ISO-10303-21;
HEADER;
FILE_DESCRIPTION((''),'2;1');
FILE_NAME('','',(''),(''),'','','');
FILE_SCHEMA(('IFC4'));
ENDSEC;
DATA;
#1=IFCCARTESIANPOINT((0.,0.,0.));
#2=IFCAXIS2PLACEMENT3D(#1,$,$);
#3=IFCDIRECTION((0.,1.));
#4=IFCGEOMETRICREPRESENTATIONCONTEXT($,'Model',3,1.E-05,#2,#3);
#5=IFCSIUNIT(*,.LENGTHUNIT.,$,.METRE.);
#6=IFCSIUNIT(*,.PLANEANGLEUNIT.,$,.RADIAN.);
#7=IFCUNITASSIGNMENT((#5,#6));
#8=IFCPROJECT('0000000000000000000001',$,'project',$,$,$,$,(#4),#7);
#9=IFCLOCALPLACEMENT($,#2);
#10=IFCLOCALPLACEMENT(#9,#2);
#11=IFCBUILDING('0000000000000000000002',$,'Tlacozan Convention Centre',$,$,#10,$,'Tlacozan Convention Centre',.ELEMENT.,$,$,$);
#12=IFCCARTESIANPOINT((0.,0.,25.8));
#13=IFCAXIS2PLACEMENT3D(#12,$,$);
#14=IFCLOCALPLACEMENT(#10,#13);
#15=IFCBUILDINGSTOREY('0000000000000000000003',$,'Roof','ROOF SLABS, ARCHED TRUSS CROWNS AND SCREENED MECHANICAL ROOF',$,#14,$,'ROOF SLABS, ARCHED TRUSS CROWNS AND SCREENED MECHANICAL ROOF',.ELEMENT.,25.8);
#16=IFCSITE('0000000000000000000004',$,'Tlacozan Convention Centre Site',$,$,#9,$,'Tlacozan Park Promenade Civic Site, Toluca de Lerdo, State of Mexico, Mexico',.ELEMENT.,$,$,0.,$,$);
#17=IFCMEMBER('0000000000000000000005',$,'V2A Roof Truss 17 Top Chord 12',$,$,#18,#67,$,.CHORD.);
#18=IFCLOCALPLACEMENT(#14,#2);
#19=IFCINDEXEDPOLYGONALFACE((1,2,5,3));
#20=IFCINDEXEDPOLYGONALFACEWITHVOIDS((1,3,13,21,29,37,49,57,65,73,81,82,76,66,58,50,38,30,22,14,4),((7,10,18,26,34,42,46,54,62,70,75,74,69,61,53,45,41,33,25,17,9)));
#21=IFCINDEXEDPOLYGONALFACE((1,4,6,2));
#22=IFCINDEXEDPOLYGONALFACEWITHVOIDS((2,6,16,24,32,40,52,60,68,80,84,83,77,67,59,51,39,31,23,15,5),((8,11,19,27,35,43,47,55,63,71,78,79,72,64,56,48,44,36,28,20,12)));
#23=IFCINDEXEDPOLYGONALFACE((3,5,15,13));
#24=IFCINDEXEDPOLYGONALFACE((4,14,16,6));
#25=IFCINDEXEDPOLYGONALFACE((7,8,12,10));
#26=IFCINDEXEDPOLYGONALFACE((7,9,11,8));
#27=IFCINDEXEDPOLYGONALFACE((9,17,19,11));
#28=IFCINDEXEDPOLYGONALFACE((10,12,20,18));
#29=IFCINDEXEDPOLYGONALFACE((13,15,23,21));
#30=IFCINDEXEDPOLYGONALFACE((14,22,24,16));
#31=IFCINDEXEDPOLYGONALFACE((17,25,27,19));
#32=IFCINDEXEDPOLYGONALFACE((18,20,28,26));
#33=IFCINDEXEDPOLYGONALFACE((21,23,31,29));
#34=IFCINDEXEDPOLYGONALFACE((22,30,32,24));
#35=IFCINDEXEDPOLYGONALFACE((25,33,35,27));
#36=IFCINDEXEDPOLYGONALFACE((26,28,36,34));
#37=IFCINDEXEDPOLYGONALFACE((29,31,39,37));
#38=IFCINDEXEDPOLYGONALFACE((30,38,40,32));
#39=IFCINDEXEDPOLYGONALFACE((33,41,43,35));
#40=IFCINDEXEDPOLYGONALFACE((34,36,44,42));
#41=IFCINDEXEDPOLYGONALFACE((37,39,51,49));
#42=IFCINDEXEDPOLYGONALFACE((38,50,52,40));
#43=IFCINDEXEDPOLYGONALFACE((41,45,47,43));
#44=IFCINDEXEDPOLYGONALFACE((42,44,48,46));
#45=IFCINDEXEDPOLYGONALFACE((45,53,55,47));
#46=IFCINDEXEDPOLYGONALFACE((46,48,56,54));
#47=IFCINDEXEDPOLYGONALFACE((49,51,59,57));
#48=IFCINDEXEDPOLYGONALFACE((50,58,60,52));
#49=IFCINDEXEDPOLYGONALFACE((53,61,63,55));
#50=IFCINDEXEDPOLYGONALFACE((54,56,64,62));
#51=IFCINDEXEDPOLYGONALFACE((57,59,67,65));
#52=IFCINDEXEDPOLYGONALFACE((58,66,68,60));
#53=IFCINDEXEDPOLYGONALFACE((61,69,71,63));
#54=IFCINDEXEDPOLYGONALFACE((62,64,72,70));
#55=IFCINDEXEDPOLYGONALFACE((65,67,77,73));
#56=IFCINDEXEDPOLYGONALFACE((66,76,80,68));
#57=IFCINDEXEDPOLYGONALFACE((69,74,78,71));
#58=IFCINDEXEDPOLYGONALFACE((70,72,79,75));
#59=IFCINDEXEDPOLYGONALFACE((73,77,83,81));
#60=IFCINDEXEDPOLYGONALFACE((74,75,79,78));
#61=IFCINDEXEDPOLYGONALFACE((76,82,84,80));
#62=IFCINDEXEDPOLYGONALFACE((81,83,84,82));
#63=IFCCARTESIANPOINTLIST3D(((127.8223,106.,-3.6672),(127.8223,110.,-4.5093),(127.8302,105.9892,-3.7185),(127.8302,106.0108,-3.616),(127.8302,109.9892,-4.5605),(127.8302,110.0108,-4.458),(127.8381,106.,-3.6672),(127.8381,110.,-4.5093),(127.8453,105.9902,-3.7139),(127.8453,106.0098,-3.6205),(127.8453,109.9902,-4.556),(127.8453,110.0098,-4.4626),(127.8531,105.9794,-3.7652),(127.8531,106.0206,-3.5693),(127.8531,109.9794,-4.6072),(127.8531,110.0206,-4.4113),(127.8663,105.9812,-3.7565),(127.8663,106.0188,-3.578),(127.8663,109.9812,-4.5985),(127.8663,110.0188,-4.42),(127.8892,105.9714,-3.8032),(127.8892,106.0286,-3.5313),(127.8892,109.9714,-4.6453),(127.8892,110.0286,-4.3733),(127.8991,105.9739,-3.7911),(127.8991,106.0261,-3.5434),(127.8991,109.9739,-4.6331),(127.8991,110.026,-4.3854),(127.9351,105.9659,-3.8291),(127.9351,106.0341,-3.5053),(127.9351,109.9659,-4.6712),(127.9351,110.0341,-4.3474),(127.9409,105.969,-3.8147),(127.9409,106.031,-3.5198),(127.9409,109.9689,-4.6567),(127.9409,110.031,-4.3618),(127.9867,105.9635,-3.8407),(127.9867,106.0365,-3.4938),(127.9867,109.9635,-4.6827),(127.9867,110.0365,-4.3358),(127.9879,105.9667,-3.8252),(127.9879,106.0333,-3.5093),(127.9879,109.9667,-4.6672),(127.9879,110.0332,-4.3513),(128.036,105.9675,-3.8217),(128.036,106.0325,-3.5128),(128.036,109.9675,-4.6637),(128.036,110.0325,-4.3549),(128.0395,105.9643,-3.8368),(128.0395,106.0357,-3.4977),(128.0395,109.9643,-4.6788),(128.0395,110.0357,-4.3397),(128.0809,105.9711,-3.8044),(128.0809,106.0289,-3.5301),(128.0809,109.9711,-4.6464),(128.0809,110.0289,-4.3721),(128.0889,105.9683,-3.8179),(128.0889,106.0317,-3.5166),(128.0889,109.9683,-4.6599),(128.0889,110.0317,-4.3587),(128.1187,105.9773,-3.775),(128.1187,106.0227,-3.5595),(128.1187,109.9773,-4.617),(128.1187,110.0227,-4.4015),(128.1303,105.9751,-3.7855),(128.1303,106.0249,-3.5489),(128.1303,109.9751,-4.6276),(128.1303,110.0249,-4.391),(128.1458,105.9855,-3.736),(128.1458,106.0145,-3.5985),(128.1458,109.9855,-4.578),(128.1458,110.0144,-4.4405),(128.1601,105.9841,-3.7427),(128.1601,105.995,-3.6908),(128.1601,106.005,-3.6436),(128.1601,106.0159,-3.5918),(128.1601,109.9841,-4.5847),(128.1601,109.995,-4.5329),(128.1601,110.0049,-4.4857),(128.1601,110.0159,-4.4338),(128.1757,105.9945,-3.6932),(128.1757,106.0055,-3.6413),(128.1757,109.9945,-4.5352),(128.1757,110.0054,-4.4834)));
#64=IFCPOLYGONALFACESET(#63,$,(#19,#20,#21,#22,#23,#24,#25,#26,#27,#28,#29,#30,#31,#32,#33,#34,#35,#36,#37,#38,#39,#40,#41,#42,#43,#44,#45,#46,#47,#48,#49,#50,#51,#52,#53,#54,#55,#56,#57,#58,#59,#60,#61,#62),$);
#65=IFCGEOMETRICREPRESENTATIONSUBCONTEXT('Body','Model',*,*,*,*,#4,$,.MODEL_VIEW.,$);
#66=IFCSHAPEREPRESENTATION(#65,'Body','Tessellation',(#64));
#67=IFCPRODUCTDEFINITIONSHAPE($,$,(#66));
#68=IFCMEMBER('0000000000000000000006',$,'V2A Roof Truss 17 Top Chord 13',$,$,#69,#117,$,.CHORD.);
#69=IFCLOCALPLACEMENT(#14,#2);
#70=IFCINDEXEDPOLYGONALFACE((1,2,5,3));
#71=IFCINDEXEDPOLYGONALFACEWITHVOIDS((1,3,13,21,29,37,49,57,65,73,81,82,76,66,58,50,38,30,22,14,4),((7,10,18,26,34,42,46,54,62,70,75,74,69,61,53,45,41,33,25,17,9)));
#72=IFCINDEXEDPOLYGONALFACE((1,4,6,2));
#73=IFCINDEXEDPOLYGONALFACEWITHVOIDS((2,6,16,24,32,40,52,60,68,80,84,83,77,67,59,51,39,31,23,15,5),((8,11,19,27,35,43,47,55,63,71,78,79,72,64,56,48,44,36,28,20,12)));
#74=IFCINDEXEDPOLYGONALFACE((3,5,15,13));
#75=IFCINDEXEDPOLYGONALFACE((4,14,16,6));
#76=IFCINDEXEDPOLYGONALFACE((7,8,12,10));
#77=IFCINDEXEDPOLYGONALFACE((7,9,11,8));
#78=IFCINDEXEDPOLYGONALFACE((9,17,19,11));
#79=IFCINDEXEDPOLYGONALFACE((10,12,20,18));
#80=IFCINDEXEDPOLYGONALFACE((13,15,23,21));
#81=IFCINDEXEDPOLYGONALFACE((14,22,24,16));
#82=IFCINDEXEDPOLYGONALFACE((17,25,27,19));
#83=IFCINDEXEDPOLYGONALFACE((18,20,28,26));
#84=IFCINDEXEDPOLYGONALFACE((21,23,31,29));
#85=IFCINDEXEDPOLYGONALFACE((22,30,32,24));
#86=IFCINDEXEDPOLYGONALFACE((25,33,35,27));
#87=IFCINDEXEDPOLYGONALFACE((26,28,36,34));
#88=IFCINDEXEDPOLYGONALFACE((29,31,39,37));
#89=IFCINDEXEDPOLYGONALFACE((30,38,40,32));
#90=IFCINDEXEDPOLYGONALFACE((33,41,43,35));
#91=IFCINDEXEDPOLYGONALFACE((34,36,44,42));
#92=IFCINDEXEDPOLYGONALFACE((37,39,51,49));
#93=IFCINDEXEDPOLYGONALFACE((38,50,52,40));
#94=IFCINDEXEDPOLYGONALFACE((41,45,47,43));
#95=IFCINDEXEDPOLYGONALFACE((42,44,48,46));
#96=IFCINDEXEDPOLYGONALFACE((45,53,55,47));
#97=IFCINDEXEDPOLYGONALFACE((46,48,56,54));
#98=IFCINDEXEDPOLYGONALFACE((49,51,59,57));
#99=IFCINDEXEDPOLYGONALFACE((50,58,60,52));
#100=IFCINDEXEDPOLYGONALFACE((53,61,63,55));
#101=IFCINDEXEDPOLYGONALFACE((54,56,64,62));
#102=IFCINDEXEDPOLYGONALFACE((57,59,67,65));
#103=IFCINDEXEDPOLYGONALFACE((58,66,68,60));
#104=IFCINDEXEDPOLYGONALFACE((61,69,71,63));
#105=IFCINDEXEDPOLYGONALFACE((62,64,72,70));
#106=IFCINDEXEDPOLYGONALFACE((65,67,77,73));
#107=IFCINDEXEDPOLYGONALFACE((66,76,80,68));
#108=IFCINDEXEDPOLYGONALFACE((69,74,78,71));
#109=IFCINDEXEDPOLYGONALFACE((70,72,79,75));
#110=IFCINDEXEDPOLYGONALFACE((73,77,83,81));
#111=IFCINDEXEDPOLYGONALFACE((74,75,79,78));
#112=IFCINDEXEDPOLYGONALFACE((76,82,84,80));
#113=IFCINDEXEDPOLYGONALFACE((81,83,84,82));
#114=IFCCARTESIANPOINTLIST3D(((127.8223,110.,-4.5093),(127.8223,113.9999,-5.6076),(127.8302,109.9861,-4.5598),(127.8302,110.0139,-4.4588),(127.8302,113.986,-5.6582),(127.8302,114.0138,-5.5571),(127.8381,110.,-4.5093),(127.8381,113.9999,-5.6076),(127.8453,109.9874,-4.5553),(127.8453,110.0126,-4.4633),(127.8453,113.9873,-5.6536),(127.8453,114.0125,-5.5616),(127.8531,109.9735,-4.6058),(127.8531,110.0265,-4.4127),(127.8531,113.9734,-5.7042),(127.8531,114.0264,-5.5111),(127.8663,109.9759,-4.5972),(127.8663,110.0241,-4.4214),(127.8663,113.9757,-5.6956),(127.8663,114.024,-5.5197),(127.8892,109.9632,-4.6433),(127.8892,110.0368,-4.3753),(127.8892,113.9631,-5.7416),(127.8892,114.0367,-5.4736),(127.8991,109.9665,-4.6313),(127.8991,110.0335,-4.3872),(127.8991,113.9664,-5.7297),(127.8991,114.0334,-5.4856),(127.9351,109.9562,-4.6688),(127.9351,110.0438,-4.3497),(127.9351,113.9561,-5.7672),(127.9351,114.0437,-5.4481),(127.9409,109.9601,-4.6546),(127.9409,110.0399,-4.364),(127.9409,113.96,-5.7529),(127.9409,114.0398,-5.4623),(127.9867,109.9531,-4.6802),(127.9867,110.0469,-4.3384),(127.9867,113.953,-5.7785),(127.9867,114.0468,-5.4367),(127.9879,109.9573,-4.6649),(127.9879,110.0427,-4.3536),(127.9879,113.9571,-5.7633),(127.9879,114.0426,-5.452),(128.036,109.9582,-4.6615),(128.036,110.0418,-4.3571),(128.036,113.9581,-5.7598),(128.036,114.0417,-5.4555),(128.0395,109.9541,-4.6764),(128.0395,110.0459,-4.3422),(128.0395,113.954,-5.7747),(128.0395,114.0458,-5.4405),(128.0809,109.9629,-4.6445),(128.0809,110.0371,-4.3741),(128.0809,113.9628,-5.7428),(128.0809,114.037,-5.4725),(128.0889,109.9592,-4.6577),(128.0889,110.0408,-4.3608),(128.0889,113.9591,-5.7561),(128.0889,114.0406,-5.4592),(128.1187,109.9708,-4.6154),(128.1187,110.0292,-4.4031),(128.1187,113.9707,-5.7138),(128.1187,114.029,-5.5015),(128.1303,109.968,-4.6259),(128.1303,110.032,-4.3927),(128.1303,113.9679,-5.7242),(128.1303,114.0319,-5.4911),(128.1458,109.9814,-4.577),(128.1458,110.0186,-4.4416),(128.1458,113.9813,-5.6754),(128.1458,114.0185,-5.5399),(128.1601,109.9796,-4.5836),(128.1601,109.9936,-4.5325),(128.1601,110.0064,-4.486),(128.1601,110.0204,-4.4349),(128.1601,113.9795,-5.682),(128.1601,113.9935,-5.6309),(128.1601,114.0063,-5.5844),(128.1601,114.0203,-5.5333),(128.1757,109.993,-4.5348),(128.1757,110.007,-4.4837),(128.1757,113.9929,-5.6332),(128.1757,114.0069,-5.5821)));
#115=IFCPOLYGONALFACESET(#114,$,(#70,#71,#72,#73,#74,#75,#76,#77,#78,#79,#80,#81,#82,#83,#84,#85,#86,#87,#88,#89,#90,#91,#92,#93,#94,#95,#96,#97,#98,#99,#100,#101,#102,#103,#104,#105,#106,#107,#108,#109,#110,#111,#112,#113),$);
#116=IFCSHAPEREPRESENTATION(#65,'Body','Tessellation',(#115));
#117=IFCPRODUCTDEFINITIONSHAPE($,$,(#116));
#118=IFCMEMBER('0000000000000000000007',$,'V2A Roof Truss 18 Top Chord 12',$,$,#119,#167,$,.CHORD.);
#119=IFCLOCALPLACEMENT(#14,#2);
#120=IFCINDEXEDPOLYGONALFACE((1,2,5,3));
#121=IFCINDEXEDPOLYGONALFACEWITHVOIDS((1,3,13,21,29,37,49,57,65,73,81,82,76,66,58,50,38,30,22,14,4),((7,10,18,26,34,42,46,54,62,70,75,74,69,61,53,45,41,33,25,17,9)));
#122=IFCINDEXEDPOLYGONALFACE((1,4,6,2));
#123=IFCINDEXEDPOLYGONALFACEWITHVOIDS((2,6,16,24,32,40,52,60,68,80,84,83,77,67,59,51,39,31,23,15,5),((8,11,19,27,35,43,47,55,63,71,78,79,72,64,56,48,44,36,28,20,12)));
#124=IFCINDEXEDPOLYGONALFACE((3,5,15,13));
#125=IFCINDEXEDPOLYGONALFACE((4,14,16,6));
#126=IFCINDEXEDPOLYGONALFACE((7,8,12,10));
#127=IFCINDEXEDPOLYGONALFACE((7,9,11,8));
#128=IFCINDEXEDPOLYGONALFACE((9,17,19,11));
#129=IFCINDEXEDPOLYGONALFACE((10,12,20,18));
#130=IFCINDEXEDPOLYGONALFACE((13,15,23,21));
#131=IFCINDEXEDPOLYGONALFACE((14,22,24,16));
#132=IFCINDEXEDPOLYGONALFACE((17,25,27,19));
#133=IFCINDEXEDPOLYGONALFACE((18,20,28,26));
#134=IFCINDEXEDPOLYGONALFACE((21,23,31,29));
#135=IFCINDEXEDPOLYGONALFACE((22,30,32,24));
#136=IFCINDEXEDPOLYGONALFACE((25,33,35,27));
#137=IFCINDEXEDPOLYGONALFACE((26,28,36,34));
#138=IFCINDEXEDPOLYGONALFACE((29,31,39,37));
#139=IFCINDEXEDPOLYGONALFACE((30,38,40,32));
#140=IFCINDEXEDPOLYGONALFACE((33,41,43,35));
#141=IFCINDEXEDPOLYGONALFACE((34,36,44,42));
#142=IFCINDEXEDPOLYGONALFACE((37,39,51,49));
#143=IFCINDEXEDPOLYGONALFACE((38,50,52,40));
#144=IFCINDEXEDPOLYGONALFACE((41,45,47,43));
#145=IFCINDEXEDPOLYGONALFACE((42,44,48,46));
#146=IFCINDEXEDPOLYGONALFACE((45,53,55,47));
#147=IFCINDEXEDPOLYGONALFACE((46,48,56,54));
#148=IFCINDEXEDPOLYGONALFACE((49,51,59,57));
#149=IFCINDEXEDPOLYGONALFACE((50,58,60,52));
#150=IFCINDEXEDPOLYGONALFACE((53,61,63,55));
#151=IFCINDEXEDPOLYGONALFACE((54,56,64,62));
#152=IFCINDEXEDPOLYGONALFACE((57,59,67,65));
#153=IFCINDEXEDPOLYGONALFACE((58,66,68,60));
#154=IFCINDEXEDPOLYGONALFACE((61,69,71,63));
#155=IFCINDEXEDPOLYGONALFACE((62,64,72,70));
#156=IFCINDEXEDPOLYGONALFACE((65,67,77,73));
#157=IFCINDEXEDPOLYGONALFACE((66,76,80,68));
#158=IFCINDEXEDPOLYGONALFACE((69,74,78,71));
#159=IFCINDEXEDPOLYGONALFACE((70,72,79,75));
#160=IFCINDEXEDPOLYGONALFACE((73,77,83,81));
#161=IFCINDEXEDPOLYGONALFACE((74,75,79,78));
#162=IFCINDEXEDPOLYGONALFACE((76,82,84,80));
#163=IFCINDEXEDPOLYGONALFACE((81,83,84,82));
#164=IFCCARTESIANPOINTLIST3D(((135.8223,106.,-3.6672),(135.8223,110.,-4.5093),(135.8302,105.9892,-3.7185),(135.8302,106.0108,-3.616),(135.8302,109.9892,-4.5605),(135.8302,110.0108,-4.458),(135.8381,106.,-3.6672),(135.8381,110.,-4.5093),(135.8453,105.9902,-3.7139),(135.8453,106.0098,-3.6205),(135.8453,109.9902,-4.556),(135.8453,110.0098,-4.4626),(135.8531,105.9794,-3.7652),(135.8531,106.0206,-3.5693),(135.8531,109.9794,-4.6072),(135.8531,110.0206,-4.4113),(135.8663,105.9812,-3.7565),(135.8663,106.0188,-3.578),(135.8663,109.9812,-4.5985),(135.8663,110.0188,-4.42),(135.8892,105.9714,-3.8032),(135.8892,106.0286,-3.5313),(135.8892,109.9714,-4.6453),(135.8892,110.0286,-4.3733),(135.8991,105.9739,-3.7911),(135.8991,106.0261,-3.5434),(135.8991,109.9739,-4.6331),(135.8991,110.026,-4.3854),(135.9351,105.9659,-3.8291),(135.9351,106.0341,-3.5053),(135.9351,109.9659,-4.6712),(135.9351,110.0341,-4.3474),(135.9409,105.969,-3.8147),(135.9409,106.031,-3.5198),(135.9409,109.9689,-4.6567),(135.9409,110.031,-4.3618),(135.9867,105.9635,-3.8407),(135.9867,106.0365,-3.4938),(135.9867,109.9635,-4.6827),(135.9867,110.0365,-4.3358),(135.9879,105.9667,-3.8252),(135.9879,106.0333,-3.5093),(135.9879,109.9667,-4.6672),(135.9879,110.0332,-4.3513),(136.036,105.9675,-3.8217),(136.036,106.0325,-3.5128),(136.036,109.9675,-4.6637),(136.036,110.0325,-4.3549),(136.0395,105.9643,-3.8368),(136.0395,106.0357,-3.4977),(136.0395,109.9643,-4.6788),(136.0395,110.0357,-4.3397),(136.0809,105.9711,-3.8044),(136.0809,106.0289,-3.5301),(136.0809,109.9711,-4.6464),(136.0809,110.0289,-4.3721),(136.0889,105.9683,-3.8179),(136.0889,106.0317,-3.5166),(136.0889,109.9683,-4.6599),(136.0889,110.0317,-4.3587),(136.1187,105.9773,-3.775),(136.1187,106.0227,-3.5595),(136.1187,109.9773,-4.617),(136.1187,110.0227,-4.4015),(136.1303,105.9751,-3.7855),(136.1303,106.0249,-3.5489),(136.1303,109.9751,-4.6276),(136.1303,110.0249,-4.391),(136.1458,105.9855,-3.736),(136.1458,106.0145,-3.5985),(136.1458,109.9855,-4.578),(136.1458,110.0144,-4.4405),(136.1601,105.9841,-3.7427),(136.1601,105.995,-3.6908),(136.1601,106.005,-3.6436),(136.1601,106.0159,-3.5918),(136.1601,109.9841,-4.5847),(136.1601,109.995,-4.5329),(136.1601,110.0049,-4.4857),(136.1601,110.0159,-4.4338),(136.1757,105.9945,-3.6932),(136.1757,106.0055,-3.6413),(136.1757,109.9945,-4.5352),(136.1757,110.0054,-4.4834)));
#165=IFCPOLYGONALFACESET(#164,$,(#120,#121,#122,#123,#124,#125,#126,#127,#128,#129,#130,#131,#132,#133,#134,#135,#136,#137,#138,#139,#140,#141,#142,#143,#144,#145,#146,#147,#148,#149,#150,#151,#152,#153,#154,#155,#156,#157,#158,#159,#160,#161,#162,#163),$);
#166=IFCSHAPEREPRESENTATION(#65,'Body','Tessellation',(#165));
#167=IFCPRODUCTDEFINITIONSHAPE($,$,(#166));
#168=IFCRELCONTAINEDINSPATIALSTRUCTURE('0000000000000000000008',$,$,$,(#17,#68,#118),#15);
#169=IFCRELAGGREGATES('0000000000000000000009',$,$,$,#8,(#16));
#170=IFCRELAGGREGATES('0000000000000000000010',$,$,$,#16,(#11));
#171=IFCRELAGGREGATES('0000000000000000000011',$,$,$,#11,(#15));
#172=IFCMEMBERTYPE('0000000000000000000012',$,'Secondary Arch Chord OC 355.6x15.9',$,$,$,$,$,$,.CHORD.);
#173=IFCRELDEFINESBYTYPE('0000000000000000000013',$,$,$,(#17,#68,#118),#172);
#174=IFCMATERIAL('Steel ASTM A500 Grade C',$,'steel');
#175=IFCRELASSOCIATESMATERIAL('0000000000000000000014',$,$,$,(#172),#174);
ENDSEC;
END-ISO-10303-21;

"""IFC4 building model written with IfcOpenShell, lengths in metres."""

from ifc_helpers import new_model, si_unit, direction, frame, origin, origin_2d, place, context, subcontext, project, spatial, hollow_circle, extrude, material, material_profile, profile_set, type_object, element, save


model = new_model("IFC4")

# Units and contexts
model_context = context("Model", 3, precision=1e-05, world=origin(), true_north=direction((0.0, 1.0)))
body_context = subcontext(model_context, "Body", "Model", "MODEL_VIEW")
ifc_project = project(units=[si_unit("LENGTHUNIT", "METRE"), si_unit("PLANEANGLEUNIT", "RADIAN")], contexts=[model_context])

# Site, building, storey
site_placement = place(None, origin())
site = spatial("IfcSite", under=ifc_project, at=site_placement, Name="Tlacozan Convention Centre Site", LongName="Tlacozan Park Promenade Civic Site, Toluca de Lerdo, State of Mexico, Mexico", CompositionType="ELEMENT", RefElevation=0.0)
building_placement = place(site_placement, origin())
building = spatial("IfcBuilding", under=site, at=building_placement, Name="Tlacozan Convention Centre", LongName="Tlacozan Convention Centre", CompositionType="ELEMENT")
storey_placement = place(building_placement, frame((0.0, 0.0, 25.8)))
storey = spatial("IfcBuildingStorey", under=building, at=storey_placement, Name="Roof", Description="ROOF SLABS, ARCHED TRUSS CROWNS AND SCREENED MECHANICAL ROOF", LongName="ROOF SLABS, ARCHED TRUSS CROWNS AND SCREENED MECHANICAL ROOF", CompositionType="ELEMENT", Elevation=25.8)

# Members
ifc_material_1 = material(Name="Steel ASTM A500 Grade C", Category="steel")
ifc_material_profile_1 = material_profile(ifc_material_1, hollow_circle(Radius=0.1777, WallThickness=0.0159, at=origin_2d()), Name="OC 355.6x15.9")
ifc_profile_set_1 = profile_set([ifc_material_profile_1], Name="Steel ASTM A500 Grade C")
member_type_1 = type_object("IfcMemberType", Name="Secondary Arch Chord OC 355.6x15.9", PredefinedType="CHORD", material=ifc_profile_set_1)
member_1_placement = place(storey_placement, frame((128.0, 106.0, -3.6672), z_axis=(0.0, 0.978553, -0.205995), x_axis=(-1.0, 0.0, 0.0)))
element("IfcMember", 1, at=member_1_placement, inside=storey, type_object=member_type_1, Name="V2A Roof Truss 17 Top Chord 12", PredefinedType="CHORD", context=body_context, shape_type="SweptSolid", body=[
    extrude(hollow_circle(Radius=0.1777, WallThickness=0.0159, at=origin_2d()), origin(), (0.0, 0.0, 1.0), 4.0876),
])
member_2_placement = place(storey_placement, frame((128.0, 110.0, -4.5093), z_axis=(0.0, 0.964305, -0.264795), x_axis=(-1.0, 0.0, 0.0)))
element("IfcMember", 2, at=member_2_placement, inside=storey, type_object=member_type_1, Name="V2A Roof Truss 17 Top Chord 13", PredefinedType="CHORD", context=body_context, shape_type="SweptSolid", body=[
    extrude(hollow_circle(Radius=0.1777, WallThickness=0.0159, at=origin_2d()), origin(), (0.0, 0.0, 1.0), 4.1479),
])
member_3_placement = place(storey_placement, frame((136.0, 106.0, -3.6672), z_axis=(0.0, 0.978553, -0.205995), x_axis=(-1.0, 0.0, 0.0)))
element("IfcMember", 3, at=member_3_placement, inside=storey, type_object=member_type_1, Name="V2A Roof Truss 18 Top Chord 12", PredefinedType="CHORD", context=body_context, shape_type="SweptSolid", body=[
    extrude(hollow_circle(Radius=0.1777, WallThickness=0.0159, at=origin_2d()), origin(), (0.0, 0.0, 1.0), 4.0876),
])

save(model, "model.ifc")
